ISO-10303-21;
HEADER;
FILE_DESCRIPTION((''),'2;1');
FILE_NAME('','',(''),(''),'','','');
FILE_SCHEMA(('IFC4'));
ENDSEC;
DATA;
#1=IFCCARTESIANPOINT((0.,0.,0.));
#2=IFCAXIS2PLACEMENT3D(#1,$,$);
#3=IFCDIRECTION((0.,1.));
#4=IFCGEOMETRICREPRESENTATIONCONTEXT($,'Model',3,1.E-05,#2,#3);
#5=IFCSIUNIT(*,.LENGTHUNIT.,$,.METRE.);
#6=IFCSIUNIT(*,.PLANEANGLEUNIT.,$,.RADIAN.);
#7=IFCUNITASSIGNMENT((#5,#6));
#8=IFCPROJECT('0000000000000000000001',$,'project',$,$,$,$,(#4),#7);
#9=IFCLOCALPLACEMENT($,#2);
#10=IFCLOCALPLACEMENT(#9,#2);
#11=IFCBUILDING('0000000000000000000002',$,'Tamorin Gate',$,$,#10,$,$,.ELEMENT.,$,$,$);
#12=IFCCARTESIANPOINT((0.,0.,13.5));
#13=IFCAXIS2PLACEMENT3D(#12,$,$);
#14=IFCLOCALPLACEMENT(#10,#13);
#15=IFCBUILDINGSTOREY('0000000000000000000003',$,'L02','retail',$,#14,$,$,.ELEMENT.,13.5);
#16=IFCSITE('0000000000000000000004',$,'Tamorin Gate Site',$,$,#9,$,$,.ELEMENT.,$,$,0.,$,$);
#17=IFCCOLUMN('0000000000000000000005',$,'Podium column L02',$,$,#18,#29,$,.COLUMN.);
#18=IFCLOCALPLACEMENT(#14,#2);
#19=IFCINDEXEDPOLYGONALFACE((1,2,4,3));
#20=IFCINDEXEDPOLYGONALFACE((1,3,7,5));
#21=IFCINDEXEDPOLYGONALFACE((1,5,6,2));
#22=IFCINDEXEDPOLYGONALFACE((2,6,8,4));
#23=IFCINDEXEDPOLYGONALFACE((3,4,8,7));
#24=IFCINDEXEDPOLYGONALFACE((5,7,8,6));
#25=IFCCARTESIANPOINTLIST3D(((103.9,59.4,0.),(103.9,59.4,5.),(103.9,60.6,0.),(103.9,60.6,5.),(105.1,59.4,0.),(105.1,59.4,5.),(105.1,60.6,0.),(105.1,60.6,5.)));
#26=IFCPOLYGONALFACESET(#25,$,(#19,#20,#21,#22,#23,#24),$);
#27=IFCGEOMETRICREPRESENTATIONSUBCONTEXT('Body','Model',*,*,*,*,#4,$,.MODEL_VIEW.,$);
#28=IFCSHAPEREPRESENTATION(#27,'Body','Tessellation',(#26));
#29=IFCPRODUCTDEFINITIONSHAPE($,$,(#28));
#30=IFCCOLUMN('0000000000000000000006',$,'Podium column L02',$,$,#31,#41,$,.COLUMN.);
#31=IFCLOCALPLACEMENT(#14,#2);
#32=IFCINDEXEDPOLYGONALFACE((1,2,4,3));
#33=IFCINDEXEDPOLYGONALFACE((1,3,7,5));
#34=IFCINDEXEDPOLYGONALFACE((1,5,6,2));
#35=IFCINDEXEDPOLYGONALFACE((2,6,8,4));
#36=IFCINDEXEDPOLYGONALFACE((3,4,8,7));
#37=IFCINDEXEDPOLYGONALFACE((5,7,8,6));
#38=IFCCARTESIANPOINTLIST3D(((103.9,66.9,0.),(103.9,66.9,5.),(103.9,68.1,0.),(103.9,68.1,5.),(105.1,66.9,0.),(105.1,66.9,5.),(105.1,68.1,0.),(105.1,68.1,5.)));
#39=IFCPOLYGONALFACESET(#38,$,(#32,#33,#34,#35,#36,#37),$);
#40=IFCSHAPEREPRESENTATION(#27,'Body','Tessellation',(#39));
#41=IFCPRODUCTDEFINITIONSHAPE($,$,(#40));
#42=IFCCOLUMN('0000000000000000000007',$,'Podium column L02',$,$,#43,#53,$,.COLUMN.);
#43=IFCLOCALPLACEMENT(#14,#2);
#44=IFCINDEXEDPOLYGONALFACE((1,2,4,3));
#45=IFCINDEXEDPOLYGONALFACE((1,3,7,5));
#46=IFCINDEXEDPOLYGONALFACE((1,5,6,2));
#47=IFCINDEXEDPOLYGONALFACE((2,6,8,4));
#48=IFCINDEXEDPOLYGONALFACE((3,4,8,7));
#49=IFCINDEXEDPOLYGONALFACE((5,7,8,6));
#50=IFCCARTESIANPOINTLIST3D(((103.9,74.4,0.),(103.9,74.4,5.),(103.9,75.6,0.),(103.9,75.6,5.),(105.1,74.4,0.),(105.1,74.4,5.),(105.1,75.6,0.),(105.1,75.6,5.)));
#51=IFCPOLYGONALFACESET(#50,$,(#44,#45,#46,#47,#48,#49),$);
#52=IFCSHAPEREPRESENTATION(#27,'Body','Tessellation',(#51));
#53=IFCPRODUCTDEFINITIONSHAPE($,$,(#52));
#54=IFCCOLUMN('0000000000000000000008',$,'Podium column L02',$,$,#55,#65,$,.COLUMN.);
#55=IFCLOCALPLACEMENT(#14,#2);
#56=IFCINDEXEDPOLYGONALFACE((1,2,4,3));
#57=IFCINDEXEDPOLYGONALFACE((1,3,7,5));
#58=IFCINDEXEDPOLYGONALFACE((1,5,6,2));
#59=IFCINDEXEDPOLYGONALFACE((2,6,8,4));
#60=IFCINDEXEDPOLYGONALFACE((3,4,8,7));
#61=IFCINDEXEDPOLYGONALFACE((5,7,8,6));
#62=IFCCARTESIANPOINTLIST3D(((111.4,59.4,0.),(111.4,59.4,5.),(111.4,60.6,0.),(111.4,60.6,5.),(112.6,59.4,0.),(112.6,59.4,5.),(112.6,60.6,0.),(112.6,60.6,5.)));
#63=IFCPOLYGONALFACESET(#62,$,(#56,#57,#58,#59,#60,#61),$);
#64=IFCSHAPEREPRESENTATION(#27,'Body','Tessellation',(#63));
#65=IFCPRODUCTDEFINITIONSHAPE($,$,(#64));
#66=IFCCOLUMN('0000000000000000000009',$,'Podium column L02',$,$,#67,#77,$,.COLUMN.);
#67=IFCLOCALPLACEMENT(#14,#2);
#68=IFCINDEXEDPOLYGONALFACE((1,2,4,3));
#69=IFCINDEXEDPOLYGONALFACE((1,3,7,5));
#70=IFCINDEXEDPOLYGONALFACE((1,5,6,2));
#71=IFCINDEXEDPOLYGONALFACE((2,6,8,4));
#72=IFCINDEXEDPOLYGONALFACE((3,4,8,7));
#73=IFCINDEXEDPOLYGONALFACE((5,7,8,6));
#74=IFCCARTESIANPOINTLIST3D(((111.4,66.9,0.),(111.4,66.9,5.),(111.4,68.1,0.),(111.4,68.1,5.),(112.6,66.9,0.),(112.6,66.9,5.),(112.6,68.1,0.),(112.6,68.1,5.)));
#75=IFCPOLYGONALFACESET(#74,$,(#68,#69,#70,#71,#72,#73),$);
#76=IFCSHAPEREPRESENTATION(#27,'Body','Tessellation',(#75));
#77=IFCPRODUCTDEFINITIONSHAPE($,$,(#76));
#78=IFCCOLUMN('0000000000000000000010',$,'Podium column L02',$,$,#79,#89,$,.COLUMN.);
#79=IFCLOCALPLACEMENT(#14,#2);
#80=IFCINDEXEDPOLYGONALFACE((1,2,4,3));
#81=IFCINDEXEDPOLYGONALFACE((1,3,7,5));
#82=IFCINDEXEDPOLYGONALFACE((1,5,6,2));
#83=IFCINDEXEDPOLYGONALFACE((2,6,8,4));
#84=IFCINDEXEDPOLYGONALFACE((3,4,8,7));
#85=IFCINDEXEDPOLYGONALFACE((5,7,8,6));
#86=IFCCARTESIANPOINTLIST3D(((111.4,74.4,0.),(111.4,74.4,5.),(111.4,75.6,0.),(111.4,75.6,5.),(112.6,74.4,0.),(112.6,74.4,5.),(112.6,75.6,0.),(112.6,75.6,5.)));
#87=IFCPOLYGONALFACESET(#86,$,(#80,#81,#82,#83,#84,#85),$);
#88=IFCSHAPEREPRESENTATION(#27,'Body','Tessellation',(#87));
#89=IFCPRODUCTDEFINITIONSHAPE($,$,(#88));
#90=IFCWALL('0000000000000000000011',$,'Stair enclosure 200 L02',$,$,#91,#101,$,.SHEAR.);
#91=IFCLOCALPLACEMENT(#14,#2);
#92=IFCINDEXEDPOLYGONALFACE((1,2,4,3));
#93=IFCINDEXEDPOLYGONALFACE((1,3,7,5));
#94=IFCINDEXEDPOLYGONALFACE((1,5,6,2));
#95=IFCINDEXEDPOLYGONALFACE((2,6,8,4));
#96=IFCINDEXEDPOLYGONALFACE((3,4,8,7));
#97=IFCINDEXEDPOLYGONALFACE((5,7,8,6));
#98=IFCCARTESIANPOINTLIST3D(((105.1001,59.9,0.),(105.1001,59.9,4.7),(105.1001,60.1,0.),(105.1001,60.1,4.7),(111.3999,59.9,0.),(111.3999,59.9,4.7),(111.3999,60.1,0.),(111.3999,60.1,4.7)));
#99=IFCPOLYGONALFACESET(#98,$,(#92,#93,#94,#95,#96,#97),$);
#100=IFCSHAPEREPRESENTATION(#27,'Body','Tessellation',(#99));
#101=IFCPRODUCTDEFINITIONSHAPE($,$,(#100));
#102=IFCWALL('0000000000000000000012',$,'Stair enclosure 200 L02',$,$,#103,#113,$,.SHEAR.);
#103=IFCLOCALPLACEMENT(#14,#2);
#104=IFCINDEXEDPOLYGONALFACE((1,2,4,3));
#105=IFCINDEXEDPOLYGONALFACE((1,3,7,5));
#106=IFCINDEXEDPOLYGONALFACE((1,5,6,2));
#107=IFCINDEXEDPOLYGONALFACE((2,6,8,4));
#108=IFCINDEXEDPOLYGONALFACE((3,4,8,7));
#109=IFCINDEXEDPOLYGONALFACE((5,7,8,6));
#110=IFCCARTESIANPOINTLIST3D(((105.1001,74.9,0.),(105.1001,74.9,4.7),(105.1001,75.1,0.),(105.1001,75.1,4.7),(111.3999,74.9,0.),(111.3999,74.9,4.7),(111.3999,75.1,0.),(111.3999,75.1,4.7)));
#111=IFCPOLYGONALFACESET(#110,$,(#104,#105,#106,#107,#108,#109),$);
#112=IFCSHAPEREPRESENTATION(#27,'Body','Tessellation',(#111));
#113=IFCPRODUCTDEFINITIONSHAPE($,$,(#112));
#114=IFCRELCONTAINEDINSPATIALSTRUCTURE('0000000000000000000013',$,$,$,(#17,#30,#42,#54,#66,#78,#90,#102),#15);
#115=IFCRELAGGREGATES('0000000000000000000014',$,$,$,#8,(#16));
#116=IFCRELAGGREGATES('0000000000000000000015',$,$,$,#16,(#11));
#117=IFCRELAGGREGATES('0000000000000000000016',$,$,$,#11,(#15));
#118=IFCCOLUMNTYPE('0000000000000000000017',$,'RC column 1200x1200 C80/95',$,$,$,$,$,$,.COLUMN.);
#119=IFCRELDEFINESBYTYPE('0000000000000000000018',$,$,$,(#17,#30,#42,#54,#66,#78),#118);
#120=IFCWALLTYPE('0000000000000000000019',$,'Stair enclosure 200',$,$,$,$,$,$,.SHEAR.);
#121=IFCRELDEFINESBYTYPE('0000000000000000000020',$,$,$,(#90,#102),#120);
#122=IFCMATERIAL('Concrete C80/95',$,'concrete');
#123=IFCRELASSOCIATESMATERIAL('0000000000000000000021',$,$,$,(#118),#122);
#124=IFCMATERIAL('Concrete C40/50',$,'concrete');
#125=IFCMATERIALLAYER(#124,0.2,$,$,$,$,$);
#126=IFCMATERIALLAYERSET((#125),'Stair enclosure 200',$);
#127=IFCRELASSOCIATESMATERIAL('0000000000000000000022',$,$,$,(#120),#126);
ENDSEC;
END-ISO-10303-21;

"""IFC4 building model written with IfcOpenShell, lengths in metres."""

from ifc_helpers import new_model, si_unit, direction, frame, frame_2d, origin, origin_2d, place, context, subcontext, project, spatial, rectangle, extrude, material, layer, layer_set, material_profile, profile_set, type_object, element, save


model = new_model("IFC4")

# Units and contexts
model_context = context("Model", 3, precision=1e-05, world=origin(), true_north=direction((0.0, 1.0)))
body_context = subcontext(model_context, "Body", "Model", "MODEL_VIEW")
ifc_project = project(units=[si_unit("LENGTHUNIT", "METRE"), si_unit("PLANEANGLEUNIT", "RADIAN")], contexts=[model_context])

# Site, building, storey
site_placement = place(None, origin())
site = spatial("IfcSite", under=ifc_project, at=site_placement, Name="Tamorin Gate Site", CompositionType="ELEMENT", RefElevation=0.0)
building_placement = place(site_placement, origin())
building = spatial("IfcBuilding", under=site, at=building_placement, Name="Tamorin Gate", CompositionType="ELEMENT")
storey_placement = place(building_placement, frame((0.0, 0.0, 13.5)))
storey = spatial("IfcBuildingStorey", under=building, at=storey_placement, Name="L02", Description="retail", CompositionType="ELEMENT", Elevation=13.5)

# Columns
ifc_material_1 = material(Name="Concrete C80/95", Category="concrete")
ifc_material_profile = material_profile(ifc_material_1, rectangle(XDim=1.2, YDim=1.2, at=origin_2d()), Name="RC 1200x1200")
ifc_profile_set = profile_set([ifc_material_profile], Name="Concrete C80/95")
column_type = type_object("IfcColumnType", Name="RC column 1200x1200 C80/95", PredefinedType="COLUMN", material=ifc_profile_set)
for number, where, z_axis, x_axis, name in (
    (1, (104.5, 60.0, 0.0), (0.0, 0.0, 1.0), (1.0, 0.0, 0.0), "Podium column L02"),
    (2, (104.5, 67.5, 0.0), (0.0, 0.0, 1.0), (1.0, 0.0, 0.0), "Podium column L02"),
    (3, (104.5, 75.0, 0.0), (0.0, 0.0, 1.0), (1.0, 0.0, 0.0), "Podium column L02"),
    (4, (112.0, 60.0, 0.0), (0.0, 0.0, 1.0), (1.0, 0.0, 0.0), "Podium column L02"),
    (5, (112.0, 67.5, 0.0), (0.0, 0.0, 1.0), (1.0, 0.0, 0.0), "Podium column L02"),
    (6, (112.0, 75.0, 0.0), (0.0, 0.0, 1.0), (1.0, 0.0, 0.0), "Podium column L02"),
):
    element("IfcColumn", number, at=place(storey_placement, frame(where, z_axis=z_axis, x_axis=x_axis)), inside=storey, type_object=column_type, Name=name, PredefinedType="COLUMN", context=body_context, shape_type="SweptSolid", body=[
        extrude(rectangle(XDim=1.2, YDim=1.2, at=origin_2d()), origin(), (0.0, 0.0, 1.0), 5.0),
    ])

# Walls
ifc_material_2 = material(Name="Concrete C40/50", Category="concrete")
ifc_layer = layer(ifc_material_2, 0.2)
ifc_layer_set = layer_set([ifc_layer], Name="Stair enclosure 200")
wall_type = type_object("IfcWallType", Name="Stair enclosure 200", PredefinedType="SHEAR", material=ifc_layer_set)
for number, where, z_axis, x_axis, name in (
    (7, (105.1001, 60.0, 0.0), (0.0, 0.0, 1.0), (1.0, 0.0, 0.0), "Stair enclosure 200 L02"),
    (8, (105.1001, 75.0, 0.0), (0.0, 0.0, 1.0), (1.0, 0.0, 0.0), "Stair enclosure 200 L02"),
):
    element("IfcWall", number, at=place(storey_placement, frame(where, z_axis=z_axis, x_axis=x_axis)), inside=storey, type_object=wall_type, Name=name, PredefinedType="SHEAR", context=body_context, shape_type="SweptSolid", body=[
        extrude(rectangle(XDim=6.2998, YDim=0.2, at=frame_2d((3.1499, 0.0))), origin(), (0.0, 0.0, 1.0), 4.7),
    ])

save(model, "model.ifc")
